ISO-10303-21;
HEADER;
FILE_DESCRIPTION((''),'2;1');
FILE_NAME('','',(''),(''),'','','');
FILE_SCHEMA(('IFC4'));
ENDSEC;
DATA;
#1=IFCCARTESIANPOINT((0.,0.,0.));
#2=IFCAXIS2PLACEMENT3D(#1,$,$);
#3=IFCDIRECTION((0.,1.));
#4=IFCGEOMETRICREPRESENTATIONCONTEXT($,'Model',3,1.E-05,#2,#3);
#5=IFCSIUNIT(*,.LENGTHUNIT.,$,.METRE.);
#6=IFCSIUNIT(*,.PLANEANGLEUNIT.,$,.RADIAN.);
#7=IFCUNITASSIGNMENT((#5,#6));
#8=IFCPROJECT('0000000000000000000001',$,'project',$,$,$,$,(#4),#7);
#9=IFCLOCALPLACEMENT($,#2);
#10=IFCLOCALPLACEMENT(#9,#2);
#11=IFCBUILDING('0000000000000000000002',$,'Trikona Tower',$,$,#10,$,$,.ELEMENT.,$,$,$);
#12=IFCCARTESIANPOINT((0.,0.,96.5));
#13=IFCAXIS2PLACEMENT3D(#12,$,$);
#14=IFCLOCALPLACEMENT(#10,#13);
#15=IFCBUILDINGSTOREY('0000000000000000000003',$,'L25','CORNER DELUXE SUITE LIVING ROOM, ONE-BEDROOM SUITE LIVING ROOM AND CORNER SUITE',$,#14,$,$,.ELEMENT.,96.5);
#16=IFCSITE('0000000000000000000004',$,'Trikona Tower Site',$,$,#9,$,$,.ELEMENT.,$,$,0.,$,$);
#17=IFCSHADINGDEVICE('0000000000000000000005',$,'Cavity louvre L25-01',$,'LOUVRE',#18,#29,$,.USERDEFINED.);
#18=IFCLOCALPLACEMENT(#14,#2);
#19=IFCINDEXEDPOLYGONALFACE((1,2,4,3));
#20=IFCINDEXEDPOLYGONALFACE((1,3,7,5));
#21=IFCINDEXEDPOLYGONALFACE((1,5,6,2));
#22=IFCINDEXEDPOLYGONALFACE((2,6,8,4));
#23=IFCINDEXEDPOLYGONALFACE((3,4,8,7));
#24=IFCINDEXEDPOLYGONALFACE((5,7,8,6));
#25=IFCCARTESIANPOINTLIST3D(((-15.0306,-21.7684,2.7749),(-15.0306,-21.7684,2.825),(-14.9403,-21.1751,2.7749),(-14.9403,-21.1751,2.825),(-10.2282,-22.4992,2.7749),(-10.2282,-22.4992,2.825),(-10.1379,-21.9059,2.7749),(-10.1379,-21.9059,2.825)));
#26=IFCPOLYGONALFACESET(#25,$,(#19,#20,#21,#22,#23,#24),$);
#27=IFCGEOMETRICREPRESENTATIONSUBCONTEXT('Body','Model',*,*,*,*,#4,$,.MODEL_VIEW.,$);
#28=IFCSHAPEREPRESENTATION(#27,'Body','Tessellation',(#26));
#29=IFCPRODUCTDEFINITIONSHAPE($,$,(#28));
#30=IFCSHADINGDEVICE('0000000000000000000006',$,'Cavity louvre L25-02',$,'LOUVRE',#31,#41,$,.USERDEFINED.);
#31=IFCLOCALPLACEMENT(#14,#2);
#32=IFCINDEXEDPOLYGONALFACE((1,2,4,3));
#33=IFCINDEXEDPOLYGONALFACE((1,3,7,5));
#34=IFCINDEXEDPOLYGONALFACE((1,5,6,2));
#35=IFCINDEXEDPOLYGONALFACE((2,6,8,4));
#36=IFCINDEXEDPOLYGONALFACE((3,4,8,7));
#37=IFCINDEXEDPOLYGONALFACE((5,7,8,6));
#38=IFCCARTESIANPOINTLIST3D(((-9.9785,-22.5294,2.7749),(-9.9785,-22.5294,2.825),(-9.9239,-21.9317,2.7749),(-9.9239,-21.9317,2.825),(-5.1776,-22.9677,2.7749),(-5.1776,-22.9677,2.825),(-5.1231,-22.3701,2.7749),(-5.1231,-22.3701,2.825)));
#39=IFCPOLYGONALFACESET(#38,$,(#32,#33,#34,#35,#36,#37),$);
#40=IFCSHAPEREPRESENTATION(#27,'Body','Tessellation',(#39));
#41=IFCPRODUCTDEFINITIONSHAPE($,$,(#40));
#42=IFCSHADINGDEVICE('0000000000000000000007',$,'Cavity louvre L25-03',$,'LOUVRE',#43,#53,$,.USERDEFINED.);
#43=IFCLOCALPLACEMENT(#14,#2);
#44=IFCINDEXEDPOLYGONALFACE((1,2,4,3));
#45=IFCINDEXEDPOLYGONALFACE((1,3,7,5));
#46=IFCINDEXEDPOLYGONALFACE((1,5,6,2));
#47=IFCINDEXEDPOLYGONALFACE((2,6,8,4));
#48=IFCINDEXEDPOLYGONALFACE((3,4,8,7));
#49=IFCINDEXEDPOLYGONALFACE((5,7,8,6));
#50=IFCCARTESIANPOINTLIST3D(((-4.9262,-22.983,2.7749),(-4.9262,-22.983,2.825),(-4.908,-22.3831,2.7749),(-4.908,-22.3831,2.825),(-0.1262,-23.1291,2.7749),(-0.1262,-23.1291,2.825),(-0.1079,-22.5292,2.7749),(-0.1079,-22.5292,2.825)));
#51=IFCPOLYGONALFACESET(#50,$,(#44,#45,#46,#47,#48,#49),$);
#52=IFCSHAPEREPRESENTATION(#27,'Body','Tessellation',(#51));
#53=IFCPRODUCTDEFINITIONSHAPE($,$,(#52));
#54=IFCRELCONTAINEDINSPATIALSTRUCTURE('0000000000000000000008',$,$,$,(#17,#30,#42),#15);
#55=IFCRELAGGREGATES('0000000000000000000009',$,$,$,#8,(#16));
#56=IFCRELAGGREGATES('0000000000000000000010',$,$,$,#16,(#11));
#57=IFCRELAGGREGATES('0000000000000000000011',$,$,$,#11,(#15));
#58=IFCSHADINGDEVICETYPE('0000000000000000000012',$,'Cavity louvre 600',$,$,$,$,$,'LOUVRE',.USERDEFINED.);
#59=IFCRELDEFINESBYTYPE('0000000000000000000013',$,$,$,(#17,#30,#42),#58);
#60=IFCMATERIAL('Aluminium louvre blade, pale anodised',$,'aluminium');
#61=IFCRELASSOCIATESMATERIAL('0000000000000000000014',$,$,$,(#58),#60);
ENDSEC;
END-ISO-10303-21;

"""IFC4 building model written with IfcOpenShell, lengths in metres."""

from ifc_helpers import new_model, si_unit, direction, frame, origin, origin_2d, place, context, subcontext, project, spatial, rectangle, extrude, material, type_object, element, save


model = new_model("IFC4")

# Units and contexts
model_context = context("Model", 3, precision=1e-05, world=origin(), true_north=direction((0.0, 1.0)))
body_context = subcontext(model_context, "Body", "Model", "MODEL_VIEW")
ifc_project = project(units=[si_unit("LENGTHUNIT", "METRE"), si_unit("PLANEANGLEUNIT", "RADIAN")], contexts=[model_context])

# Site, building, storey
site_placement = place(None, origin())
site = spatial("IfcSite", under=ifc_project, at=site_placement, Name="Trikona Tower Site", CompositionType="ELEMENT", RefElevation=0.0)
building_placement = place(site_placement, origin())
building = spatial("IfcBuilding", under=site, at=building_placement, Name="Trikona Tower", CompositionType="ELEMENT")
storey_placement = place(building_placement, frame((0.0, 0.0, 96.5)))
storey = spatial("IfcBuildingStorey", under=building, at=storey_placement, Name="L25", Description="CORNER DELUXE SUITE LIVING ROOM, ONE-BEDROOM SUITE LIVING ROOM AND CORNER SUITE", CompositionType="ELEMENT", Elevation=96.5)

# Shading devices
ifc_material_1 = material(Name="Aluminium louvre blade, pale anodised", Category="aluminium")
shading_device_type = type_object("IfcShadingDeviceType", Name="Cavity louvre 600", ElementType="LOUVRE", PredefinedType="USERDEFINED", material=ifc_material_1)
shading_device_1_placement = place(storey_placement, frame((-12.5842, -21.8372, 2.7749), z_axis=(0.0, 0.0, 1.0), x_axis=(0.988618, -0.150448, 0.0)))
element("IfcShadingDevice", 1, at=shading_device_1_placement, inside=storey, type_object=shading_device_type, Name="Cavity louvre L25-01", ObjectType="LOUVRE", PredefinedType="USERDEFINED", context=body_context, shape_type="SweptSolid", body=[
    extrude(rectangle(XDim=4.8577, YDim=0.6001, at=origin_2d()), origin(), (0.0, 0.0, 1.0), 0.05),
])
shading_device_2_placement = place(storey_placement, frame((-7.5508, -22.4497, 2.7749), z_axis=(0.0, 0.0, 1.0), x_axis=(0.995858, -0.090921, 0.0)))
element("IfcShadingDevice", 2, at=shading_device_2_placement, inside=storey, type_object=shading_device_type, Name="Cavity louvre L25-02", ObjectType="LOUVRE", PredefinedType="USERDEFINED", context=body_context, shape_type="SweptSolid", body=[
    extrude(rectangle(XDim=4.8208, YDim=0.6001, at=origin_2d()), origin(), (0.0, 0.0, 1.0), 0.05),
])
shading_device_3_placement = place(storey_placement, frame((-2.5171, -22.7561, 2.7749), z_axis=(0.0, 0.0, 1.0), x_axis=(0.999537, -0.030425, 0.0)))
element("IfcShadingDevice", 3, at=shading_device_3_placement, inside=storey, type_object=shading_device_type, Name="Cavity louvre L25-03", ObjectType="LOUVRE", PredefinedType="USERDEFINED", context=body_context, shape_type="SweptSolid", body=[
    extrude(rectangle(XDim=4.8022, YDim=0.6001, at=origin_2d()), origin(), (0.0, 0.0, 1.0), 0.05),
])

save(model, "model.ifc")
